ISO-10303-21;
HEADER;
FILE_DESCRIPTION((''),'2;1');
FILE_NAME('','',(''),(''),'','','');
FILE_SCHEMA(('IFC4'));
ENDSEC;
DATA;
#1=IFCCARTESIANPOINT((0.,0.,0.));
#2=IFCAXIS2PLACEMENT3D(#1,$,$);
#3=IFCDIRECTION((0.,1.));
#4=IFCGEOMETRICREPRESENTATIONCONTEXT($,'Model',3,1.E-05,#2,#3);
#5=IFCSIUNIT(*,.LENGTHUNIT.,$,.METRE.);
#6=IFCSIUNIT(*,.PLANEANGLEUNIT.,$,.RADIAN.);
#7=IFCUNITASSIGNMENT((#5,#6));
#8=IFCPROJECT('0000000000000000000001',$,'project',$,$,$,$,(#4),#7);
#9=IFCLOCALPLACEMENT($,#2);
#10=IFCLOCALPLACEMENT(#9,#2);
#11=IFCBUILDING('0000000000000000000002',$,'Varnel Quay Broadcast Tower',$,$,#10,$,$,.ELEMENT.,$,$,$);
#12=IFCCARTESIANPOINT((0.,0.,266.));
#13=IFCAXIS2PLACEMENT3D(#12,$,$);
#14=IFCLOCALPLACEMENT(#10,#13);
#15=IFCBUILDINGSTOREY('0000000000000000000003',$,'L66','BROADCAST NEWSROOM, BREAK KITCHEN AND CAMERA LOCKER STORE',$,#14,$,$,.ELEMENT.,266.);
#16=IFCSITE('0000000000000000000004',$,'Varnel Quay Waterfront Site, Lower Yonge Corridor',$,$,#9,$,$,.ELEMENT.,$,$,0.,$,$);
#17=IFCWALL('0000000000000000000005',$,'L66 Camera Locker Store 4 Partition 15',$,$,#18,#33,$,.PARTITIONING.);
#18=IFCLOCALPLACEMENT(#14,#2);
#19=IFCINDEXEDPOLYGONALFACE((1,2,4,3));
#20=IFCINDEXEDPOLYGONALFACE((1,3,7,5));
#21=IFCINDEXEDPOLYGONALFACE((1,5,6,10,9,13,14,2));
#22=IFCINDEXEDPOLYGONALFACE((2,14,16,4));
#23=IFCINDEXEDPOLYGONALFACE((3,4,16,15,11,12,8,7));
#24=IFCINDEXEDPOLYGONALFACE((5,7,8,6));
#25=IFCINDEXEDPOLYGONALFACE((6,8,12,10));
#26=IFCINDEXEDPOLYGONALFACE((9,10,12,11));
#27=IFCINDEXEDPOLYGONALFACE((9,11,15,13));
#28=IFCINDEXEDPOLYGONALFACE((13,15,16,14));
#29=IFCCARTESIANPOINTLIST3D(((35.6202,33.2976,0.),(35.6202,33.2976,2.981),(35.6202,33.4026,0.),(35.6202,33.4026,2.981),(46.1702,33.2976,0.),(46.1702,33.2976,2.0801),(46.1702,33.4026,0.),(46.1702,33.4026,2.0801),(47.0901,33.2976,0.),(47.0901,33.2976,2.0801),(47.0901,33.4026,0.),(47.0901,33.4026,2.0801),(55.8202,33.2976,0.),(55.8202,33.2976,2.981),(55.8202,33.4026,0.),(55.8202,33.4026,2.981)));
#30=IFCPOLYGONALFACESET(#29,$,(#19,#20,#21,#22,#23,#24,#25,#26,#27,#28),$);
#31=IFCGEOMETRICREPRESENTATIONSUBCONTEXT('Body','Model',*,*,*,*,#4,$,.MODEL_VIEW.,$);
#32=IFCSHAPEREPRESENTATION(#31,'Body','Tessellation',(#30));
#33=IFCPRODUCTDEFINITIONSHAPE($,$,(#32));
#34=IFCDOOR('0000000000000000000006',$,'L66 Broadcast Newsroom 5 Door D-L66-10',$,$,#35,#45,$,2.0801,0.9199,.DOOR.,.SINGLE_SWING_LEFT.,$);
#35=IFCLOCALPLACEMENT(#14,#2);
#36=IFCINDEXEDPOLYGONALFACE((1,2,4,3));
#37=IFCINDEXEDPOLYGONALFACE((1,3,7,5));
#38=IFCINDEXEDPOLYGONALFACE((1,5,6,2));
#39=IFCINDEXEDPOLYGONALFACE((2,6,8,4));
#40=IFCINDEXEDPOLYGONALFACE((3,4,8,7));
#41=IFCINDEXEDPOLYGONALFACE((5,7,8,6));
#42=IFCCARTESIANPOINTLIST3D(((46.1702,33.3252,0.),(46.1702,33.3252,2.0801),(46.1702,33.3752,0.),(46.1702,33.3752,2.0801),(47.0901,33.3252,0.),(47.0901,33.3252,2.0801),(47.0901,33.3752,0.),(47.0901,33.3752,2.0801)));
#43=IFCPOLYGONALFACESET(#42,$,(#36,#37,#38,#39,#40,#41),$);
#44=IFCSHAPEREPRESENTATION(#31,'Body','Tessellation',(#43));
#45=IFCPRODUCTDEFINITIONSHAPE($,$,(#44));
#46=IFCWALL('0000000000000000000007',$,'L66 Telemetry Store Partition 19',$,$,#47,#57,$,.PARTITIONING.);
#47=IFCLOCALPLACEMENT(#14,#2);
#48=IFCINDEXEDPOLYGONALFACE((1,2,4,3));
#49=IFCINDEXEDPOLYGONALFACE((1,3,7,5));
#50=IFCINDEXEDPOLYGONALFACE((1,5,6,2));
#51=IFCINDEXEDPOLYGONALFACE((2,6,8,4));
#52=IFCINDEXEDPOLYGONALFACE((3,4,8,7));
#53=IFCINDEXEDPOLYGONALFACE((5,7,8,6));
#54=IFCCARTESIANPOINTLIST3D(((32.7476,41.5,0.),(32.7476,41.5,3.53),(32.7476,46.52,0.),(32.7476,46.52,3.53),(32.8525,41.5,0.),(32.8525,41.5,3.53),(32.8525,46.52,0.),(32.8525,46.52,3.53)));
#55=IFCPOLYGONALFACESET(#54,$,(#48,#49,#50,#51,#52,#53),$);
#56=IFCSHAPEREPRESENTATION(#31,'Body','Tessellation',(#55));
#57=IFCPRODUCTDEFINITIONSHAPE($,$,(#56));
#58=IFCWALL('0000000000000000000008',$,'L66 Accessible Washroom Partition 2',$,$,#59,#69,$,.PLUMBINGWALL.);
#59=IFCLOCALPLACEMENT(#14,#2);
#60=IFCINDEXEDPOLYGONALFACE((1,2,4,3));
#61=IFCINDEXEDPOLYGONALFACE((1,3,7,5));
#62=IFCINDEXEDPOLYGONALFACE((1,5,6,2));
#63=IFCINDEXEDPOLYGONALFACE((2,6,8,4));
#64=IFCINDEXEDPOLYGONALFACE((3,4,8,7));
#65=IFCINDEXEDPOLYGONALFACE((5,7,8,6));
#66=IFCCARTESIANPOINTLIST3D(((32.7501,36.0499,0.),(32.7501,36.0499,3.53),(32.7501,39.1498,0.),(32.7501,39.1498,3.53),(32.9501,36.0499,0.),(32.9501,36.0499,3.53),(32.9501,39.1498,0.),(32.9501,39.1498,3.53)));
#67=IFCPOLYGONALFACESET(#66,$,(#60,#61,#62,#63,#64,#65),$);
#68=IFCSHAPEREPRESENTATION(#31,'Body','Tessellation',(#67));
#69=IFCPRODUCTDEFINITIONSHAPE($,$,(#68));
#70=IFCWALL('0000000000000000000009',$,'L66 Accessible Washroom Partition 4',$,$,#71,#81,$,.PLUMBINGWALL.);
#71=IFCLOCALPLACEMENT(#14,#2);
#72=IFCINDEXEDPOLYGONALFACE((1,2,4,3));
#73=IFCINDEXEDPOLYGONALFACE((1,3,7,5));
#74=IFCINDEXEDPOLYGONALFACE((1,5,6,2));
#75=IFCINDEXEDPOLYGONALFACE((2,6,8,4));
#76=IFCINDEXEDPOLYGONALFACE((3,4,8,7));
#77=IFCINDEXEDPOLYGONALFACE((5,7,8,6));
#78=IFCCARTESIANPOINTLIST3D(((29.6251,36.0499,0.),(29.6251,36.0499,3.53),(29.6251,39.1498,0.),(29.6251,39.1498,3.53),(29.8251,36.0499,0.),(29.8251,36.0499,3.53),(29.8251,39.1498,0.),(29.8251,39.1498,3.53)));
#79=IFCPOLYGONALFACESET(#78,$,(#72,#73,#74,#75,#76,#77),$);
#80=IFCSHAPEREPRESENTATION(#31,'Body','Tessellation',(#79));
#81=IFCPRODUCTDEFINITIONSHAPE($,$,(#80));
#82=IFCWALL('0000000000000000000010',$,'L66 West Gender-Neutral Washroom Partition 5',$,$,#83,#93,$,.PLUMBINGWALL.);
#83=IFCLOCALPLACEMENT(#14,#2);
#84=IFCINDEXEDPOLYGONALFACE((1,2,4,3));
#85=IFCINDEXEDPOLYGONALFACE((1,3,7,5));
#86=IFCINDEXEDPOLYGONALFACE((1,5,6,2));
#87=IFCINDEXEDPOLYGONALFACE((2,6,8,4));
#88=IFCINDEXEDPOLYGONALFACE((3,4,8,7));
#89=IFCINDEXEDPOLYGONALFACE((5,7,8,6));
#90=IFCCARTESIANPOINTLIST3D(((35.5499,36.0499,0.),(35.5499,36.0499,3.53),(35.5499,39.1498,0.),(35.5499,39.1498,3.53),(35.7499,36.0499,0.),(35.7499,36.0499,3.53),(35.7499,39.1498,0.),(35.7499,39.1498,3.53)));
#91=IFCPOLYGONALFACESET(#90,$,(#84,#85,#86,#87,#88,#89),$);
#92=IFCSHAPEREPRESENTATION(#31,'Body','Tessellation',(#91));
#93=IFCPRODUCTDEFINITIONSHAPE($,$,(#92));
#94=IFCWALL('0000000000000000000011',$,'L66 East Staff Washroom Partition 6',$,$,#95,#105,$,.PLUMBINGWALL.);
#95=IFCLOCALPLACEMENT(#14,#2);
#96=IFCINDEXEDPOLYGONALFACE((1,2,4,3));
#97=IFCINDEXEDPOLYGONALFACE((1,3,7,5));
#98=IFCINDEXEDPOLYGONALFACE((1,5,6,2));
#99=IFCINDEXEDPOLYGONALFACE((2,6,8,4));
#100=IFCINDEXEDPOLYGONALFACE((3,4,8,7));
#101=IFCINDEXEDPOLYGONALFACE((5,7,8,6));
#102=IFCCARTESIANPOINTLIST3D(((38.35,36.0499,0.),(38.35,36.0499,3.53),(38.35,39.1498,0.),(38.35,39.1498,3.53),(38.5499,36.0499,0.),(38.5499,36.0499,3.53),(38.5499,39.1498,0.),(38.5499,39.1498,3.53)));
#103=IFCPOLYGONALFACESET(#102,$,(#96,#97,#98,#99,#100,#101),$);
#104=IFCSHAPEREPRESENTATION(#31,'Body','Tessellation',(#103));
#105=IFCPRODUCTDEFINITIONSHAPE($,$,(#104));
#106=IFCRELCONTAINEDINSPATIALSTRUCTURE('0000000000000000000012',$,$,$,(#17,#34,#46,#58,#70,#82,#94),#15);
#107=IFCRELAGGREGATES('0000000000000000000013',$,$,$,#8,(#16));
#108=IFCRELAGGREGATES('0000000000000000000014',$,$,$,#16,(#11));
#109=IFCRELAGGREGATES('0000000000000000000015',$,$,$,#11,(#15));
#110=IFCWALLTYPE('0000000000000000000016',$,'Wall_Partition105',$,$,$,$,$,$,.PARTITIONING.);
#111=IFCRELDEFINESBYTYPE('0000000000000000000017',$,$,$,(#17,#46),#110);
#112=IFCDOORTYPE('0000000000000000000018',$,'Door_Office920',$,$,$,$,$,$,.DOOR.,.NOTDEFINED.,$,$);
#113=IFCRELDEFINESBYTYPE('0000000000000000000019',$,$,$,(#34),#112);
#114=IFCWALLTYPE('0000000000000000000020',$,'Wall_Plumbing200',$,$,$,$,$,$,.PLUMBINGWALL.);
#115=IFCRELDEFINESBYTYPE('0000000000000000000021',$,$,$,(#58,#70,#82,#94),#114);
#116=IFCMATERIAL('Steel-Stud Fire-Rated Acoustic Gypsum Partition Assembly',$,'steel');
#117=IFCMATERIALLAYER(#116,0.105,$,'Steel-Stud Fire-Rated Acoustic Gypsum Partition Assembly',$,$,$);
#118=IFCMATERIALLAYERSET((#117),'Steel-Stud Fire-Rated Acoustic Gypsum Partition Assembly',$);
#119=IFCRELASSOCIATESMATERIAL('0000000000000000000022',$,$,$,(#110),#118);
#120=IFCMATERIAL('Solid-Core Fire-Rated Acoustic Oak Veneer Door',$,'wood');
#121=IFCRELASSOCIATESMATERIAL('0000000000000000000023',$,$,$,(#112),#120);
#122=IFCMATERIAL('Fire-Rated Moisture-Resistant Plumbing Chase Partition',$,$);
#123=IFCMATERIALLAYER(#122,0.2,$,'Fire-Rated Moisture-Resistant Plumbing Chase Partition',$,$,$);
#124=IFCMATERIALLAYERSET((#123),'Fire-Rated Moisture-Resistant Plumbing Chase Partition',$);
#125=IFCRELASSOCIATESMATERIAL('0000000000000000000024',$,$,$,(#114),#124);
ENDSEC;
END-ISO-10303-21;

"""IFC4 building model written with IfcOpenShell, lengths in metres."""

from ifc_helpers import new_model, si_unit, direction, frame, frame_2d, origin, place, context, subcontext, project, spatial, rectangle, extrude, source, transform, mapped, material, layer, layer_set, type_object, type_shapes, element, fill, save


model = new_model("IFC4")

# Units and contexts
model_context = context("Model", 3, precision=1e-05, world=origin(), true_north=direction((0.0, 1.0)))
body_context = subcontext(model_context, "Body", "Model", "MODEL_VIEW")
ifc_project = project(units=[si_unit("LENGTHUNIT", "METRE"), si_unit("PLANEANGLEUNIT", "RADIAN")], contexts=[model_context])

# Site, building, storey
site_placement = place(None, origin())
site = spatial("IfcSite", under=ifc_project, at=site_placement, Name="Varnel Quay Waterfront Site, Lower Yonge Corridor", CompositionType="ELEMENT", RefElevation=0.0)
building_placement = place(site_placement, origin())
building = spatial("IfcBuilding", under=site, at=building_placement, Name="Varnel Quay Broadcast Tower", CompositionType="ELEMENT")
storey_placement = place(building_placement, frame((0.0, 0.0, 266.0)))
storey = spatial("IfcBuildingStorey", under=building, at=storey_placement, Name="L66", Description="BROADCAST NEWSROOM, BREAK KITCHEN AND CAMERA LOCKER STORE", CompositionType="ELEMENT", Elevation=266.0)

# Shared definitions
ifc_material_1 = material(Name="Solid-Core Fire-Rated Acoustic Oak Veneer Door", Category="wood")

# Wall, opening, door
ifc_material_2 = material(Name="Steel-Stud Fire-Rated Acoustic Gypsum Partition Assembly", Category="steel")
ifc_layer_1 = layer(ifc_material_2, 0.105, Name="Steel-Stud Fire-Rated Acoustic Gypsum Partition Assembly")
ifc_layer_set_1 = layer_set([ifc_layer_1], Name="Steel-Stud Fire-Rated Acoustic Gypsum Partition Assembly")
wall_type_1 = type_object("IfcWallType", Name="Wall_Partition105", PredefinedType="PARTITIONING", material=ifc_layer_set_1)
wall_1_placement = place(storey_placement, frame((35.6201, 33.3501, 0.0), z_axis=(0.0, 0.0, 1.0), x_axis=(1.0, 0.0, 0.0)))
wall_1 = element("IfcWall", 1, at=wall_1_placement, inside=storey, type_object=wall_type_1, Name="L66 Camera Locker Store 4 Partition 15", PredefinedType="PARTITIONING", context=body_context, shape_type="SweptSolid", body=[
    extrude(rectangle(XDim=20.2, YDim=0.105, at=frame_2d((10.1001, 0.0))), origin(), (0.0, 0.0, 1.0), 2.981),
])
opening_1_placement = place(wall_1_placement, frame((10.55, 0.0, 0.0)))
opening_1 = element("IfcOpeningElement", 2, at=opening_1_placement, cuts=wall_1, PredefinedType="OPENING", context=body_context, shape_type="SweptSolid", body=[
    extrude(rectangle(XDim=0.9199, YDim=2.0801, at=frame_2d((0.46, 1.04))), frame((0.0, 0.0625, 0.0), z_axis=(0.0, -1.0, 0.0), x_axis=(1.0, 0.0, 0.0)), (0.0, 0.0, 1.0), 0.125),
])
door_type_1 = type_object("IfcDoorType", Name="Door_Office920", OperationType="NOTDEFINED", PredefinedType="DOOR", material=ifc_material_1)
shared_shape_1 = source(origin(), body_context, "Body", "SweptSolid", [
    extrude(rectangle(XDim=0.9199, YDim=2.0801, at=frame_2d((0.46, 1.04))), frame((0.0, 0.0249, 0.0), z_axis=(0.0, -1.0, 0.0), x_axis=(1.0, 0.0, 0.0)), (0.0, 0.0, 1.0), 0.05),
])
type_shapes(door_type_1, [shared_shape_1])
door_1_placement = place(opening_1_placement, frame((0.9199, 0.0, 0.0), z_axis=(0.0, 0.0, 1.0), x_axis=(-1.0, 0.0, 0.0)))
door_1 = element("IfcDoor", 3, at=door_1_placement, inside=storey, type_object=door_type_1, Name="L66 Broadcast Newsroom 5 Door D-L66-10", OperationType="SINGLE_SWING_LEFT", OverallHeight=2.0801, OverallWidth=0.9199, PredefinedType="DOOR", context=body_context, shape_type="MappedRepresentation", body=[
    mapped(shared_shape_1, transform((0.0, 0.0, 0.0), x_axis=(1.0, 0.0, 0.0), y_axis=(0.0, 1.0, 0.0), z_axis=(0.0, 0.0, 1.0), scale=1.0)),
])
fill(opening_1, door_1)

# Walls
wall_2_placement = place(storey_placement, frame((32.8, 41.5, 0.0), z_axis=(0.0, 0.0, 1.0), x_axis=(0.0, 1.0, 0.0)))
element("IfcWall", 4, at=wall_2_placement, inside=storey, type_object=wall_type_1, Name="L66 Telemetry Store Partition 19", PredefinedType="PARTITIONING", context=body_context, shape_type="SweptSolid", body=[
    extrude(rectangle(XDim=5.02, YDim=0.105, at=frame_2d((2.51, 0.0))), origin(), (0.0, 0.0, 1.0), 3.53),
])
ifc_material_3 = material(Name="Fire-Rated Moisture-Resistant Plumbing Chase Partition")
ifc_layer_2 = layer(ifc_material_3, 0.2, Name="Fire-Rated Moisture-Resistant Plumbing Chase Partition")
ifc_layer_set_2 = layer_set([ifc_layer_2], Name="Fire-Rated Moisture-Resistant Plumbing Chase Partition")
wall_type_2 = type_object("IfcWallType", Name="Wall_Plumbing200", PredefinedType="PLUMBINGWALL", material=ifc_layer_set_2)
for number, where, z_axis, x_axis, name in (
    (5, (32.8501, 36.05, 0.0), (0.0, 0.0, 1.0), (0.0, 1.0, 0.0), "L66 Accessible Washroom Partition 2"),
    (6, (29.7251, 36.05, 0.0), (0.0, 0.0, 1.0), (0.0, 1.0, 0.0), "L66 Accessible Washroom Partition 4"),
    (7, (35.6499, 36.05, 0.0), (0.0, 0.0, 1.0), (0.0, 1.0, 0.0), "L66 West Gender-Neutral Washroom Partition 5"),
    (8, (38.45, 36.05, 0.0), (0.0, 0.0, 1.0), (0.0, 1.0, 0.0), "L66 East Staff Washroom Partition 6"),
):
    element("IfcWall", number, at=place(storey_placement, frame(where, z_axis=z_axis, x_axis=x_axis)), inside=storey, type_object=wall_type_2, Name=name, PredefinedType="PLUMBINGWALL", context=body_context, shape_type="SweptSolid", body=[
        extrude(rectangle(XDim=3.0999, YDim=0.2, at=frame_2d((1.5498, 0.0))), origin(), (0.0, 0.0, 1.0), 3.53),
    ])

save(model, "model.ifc")
